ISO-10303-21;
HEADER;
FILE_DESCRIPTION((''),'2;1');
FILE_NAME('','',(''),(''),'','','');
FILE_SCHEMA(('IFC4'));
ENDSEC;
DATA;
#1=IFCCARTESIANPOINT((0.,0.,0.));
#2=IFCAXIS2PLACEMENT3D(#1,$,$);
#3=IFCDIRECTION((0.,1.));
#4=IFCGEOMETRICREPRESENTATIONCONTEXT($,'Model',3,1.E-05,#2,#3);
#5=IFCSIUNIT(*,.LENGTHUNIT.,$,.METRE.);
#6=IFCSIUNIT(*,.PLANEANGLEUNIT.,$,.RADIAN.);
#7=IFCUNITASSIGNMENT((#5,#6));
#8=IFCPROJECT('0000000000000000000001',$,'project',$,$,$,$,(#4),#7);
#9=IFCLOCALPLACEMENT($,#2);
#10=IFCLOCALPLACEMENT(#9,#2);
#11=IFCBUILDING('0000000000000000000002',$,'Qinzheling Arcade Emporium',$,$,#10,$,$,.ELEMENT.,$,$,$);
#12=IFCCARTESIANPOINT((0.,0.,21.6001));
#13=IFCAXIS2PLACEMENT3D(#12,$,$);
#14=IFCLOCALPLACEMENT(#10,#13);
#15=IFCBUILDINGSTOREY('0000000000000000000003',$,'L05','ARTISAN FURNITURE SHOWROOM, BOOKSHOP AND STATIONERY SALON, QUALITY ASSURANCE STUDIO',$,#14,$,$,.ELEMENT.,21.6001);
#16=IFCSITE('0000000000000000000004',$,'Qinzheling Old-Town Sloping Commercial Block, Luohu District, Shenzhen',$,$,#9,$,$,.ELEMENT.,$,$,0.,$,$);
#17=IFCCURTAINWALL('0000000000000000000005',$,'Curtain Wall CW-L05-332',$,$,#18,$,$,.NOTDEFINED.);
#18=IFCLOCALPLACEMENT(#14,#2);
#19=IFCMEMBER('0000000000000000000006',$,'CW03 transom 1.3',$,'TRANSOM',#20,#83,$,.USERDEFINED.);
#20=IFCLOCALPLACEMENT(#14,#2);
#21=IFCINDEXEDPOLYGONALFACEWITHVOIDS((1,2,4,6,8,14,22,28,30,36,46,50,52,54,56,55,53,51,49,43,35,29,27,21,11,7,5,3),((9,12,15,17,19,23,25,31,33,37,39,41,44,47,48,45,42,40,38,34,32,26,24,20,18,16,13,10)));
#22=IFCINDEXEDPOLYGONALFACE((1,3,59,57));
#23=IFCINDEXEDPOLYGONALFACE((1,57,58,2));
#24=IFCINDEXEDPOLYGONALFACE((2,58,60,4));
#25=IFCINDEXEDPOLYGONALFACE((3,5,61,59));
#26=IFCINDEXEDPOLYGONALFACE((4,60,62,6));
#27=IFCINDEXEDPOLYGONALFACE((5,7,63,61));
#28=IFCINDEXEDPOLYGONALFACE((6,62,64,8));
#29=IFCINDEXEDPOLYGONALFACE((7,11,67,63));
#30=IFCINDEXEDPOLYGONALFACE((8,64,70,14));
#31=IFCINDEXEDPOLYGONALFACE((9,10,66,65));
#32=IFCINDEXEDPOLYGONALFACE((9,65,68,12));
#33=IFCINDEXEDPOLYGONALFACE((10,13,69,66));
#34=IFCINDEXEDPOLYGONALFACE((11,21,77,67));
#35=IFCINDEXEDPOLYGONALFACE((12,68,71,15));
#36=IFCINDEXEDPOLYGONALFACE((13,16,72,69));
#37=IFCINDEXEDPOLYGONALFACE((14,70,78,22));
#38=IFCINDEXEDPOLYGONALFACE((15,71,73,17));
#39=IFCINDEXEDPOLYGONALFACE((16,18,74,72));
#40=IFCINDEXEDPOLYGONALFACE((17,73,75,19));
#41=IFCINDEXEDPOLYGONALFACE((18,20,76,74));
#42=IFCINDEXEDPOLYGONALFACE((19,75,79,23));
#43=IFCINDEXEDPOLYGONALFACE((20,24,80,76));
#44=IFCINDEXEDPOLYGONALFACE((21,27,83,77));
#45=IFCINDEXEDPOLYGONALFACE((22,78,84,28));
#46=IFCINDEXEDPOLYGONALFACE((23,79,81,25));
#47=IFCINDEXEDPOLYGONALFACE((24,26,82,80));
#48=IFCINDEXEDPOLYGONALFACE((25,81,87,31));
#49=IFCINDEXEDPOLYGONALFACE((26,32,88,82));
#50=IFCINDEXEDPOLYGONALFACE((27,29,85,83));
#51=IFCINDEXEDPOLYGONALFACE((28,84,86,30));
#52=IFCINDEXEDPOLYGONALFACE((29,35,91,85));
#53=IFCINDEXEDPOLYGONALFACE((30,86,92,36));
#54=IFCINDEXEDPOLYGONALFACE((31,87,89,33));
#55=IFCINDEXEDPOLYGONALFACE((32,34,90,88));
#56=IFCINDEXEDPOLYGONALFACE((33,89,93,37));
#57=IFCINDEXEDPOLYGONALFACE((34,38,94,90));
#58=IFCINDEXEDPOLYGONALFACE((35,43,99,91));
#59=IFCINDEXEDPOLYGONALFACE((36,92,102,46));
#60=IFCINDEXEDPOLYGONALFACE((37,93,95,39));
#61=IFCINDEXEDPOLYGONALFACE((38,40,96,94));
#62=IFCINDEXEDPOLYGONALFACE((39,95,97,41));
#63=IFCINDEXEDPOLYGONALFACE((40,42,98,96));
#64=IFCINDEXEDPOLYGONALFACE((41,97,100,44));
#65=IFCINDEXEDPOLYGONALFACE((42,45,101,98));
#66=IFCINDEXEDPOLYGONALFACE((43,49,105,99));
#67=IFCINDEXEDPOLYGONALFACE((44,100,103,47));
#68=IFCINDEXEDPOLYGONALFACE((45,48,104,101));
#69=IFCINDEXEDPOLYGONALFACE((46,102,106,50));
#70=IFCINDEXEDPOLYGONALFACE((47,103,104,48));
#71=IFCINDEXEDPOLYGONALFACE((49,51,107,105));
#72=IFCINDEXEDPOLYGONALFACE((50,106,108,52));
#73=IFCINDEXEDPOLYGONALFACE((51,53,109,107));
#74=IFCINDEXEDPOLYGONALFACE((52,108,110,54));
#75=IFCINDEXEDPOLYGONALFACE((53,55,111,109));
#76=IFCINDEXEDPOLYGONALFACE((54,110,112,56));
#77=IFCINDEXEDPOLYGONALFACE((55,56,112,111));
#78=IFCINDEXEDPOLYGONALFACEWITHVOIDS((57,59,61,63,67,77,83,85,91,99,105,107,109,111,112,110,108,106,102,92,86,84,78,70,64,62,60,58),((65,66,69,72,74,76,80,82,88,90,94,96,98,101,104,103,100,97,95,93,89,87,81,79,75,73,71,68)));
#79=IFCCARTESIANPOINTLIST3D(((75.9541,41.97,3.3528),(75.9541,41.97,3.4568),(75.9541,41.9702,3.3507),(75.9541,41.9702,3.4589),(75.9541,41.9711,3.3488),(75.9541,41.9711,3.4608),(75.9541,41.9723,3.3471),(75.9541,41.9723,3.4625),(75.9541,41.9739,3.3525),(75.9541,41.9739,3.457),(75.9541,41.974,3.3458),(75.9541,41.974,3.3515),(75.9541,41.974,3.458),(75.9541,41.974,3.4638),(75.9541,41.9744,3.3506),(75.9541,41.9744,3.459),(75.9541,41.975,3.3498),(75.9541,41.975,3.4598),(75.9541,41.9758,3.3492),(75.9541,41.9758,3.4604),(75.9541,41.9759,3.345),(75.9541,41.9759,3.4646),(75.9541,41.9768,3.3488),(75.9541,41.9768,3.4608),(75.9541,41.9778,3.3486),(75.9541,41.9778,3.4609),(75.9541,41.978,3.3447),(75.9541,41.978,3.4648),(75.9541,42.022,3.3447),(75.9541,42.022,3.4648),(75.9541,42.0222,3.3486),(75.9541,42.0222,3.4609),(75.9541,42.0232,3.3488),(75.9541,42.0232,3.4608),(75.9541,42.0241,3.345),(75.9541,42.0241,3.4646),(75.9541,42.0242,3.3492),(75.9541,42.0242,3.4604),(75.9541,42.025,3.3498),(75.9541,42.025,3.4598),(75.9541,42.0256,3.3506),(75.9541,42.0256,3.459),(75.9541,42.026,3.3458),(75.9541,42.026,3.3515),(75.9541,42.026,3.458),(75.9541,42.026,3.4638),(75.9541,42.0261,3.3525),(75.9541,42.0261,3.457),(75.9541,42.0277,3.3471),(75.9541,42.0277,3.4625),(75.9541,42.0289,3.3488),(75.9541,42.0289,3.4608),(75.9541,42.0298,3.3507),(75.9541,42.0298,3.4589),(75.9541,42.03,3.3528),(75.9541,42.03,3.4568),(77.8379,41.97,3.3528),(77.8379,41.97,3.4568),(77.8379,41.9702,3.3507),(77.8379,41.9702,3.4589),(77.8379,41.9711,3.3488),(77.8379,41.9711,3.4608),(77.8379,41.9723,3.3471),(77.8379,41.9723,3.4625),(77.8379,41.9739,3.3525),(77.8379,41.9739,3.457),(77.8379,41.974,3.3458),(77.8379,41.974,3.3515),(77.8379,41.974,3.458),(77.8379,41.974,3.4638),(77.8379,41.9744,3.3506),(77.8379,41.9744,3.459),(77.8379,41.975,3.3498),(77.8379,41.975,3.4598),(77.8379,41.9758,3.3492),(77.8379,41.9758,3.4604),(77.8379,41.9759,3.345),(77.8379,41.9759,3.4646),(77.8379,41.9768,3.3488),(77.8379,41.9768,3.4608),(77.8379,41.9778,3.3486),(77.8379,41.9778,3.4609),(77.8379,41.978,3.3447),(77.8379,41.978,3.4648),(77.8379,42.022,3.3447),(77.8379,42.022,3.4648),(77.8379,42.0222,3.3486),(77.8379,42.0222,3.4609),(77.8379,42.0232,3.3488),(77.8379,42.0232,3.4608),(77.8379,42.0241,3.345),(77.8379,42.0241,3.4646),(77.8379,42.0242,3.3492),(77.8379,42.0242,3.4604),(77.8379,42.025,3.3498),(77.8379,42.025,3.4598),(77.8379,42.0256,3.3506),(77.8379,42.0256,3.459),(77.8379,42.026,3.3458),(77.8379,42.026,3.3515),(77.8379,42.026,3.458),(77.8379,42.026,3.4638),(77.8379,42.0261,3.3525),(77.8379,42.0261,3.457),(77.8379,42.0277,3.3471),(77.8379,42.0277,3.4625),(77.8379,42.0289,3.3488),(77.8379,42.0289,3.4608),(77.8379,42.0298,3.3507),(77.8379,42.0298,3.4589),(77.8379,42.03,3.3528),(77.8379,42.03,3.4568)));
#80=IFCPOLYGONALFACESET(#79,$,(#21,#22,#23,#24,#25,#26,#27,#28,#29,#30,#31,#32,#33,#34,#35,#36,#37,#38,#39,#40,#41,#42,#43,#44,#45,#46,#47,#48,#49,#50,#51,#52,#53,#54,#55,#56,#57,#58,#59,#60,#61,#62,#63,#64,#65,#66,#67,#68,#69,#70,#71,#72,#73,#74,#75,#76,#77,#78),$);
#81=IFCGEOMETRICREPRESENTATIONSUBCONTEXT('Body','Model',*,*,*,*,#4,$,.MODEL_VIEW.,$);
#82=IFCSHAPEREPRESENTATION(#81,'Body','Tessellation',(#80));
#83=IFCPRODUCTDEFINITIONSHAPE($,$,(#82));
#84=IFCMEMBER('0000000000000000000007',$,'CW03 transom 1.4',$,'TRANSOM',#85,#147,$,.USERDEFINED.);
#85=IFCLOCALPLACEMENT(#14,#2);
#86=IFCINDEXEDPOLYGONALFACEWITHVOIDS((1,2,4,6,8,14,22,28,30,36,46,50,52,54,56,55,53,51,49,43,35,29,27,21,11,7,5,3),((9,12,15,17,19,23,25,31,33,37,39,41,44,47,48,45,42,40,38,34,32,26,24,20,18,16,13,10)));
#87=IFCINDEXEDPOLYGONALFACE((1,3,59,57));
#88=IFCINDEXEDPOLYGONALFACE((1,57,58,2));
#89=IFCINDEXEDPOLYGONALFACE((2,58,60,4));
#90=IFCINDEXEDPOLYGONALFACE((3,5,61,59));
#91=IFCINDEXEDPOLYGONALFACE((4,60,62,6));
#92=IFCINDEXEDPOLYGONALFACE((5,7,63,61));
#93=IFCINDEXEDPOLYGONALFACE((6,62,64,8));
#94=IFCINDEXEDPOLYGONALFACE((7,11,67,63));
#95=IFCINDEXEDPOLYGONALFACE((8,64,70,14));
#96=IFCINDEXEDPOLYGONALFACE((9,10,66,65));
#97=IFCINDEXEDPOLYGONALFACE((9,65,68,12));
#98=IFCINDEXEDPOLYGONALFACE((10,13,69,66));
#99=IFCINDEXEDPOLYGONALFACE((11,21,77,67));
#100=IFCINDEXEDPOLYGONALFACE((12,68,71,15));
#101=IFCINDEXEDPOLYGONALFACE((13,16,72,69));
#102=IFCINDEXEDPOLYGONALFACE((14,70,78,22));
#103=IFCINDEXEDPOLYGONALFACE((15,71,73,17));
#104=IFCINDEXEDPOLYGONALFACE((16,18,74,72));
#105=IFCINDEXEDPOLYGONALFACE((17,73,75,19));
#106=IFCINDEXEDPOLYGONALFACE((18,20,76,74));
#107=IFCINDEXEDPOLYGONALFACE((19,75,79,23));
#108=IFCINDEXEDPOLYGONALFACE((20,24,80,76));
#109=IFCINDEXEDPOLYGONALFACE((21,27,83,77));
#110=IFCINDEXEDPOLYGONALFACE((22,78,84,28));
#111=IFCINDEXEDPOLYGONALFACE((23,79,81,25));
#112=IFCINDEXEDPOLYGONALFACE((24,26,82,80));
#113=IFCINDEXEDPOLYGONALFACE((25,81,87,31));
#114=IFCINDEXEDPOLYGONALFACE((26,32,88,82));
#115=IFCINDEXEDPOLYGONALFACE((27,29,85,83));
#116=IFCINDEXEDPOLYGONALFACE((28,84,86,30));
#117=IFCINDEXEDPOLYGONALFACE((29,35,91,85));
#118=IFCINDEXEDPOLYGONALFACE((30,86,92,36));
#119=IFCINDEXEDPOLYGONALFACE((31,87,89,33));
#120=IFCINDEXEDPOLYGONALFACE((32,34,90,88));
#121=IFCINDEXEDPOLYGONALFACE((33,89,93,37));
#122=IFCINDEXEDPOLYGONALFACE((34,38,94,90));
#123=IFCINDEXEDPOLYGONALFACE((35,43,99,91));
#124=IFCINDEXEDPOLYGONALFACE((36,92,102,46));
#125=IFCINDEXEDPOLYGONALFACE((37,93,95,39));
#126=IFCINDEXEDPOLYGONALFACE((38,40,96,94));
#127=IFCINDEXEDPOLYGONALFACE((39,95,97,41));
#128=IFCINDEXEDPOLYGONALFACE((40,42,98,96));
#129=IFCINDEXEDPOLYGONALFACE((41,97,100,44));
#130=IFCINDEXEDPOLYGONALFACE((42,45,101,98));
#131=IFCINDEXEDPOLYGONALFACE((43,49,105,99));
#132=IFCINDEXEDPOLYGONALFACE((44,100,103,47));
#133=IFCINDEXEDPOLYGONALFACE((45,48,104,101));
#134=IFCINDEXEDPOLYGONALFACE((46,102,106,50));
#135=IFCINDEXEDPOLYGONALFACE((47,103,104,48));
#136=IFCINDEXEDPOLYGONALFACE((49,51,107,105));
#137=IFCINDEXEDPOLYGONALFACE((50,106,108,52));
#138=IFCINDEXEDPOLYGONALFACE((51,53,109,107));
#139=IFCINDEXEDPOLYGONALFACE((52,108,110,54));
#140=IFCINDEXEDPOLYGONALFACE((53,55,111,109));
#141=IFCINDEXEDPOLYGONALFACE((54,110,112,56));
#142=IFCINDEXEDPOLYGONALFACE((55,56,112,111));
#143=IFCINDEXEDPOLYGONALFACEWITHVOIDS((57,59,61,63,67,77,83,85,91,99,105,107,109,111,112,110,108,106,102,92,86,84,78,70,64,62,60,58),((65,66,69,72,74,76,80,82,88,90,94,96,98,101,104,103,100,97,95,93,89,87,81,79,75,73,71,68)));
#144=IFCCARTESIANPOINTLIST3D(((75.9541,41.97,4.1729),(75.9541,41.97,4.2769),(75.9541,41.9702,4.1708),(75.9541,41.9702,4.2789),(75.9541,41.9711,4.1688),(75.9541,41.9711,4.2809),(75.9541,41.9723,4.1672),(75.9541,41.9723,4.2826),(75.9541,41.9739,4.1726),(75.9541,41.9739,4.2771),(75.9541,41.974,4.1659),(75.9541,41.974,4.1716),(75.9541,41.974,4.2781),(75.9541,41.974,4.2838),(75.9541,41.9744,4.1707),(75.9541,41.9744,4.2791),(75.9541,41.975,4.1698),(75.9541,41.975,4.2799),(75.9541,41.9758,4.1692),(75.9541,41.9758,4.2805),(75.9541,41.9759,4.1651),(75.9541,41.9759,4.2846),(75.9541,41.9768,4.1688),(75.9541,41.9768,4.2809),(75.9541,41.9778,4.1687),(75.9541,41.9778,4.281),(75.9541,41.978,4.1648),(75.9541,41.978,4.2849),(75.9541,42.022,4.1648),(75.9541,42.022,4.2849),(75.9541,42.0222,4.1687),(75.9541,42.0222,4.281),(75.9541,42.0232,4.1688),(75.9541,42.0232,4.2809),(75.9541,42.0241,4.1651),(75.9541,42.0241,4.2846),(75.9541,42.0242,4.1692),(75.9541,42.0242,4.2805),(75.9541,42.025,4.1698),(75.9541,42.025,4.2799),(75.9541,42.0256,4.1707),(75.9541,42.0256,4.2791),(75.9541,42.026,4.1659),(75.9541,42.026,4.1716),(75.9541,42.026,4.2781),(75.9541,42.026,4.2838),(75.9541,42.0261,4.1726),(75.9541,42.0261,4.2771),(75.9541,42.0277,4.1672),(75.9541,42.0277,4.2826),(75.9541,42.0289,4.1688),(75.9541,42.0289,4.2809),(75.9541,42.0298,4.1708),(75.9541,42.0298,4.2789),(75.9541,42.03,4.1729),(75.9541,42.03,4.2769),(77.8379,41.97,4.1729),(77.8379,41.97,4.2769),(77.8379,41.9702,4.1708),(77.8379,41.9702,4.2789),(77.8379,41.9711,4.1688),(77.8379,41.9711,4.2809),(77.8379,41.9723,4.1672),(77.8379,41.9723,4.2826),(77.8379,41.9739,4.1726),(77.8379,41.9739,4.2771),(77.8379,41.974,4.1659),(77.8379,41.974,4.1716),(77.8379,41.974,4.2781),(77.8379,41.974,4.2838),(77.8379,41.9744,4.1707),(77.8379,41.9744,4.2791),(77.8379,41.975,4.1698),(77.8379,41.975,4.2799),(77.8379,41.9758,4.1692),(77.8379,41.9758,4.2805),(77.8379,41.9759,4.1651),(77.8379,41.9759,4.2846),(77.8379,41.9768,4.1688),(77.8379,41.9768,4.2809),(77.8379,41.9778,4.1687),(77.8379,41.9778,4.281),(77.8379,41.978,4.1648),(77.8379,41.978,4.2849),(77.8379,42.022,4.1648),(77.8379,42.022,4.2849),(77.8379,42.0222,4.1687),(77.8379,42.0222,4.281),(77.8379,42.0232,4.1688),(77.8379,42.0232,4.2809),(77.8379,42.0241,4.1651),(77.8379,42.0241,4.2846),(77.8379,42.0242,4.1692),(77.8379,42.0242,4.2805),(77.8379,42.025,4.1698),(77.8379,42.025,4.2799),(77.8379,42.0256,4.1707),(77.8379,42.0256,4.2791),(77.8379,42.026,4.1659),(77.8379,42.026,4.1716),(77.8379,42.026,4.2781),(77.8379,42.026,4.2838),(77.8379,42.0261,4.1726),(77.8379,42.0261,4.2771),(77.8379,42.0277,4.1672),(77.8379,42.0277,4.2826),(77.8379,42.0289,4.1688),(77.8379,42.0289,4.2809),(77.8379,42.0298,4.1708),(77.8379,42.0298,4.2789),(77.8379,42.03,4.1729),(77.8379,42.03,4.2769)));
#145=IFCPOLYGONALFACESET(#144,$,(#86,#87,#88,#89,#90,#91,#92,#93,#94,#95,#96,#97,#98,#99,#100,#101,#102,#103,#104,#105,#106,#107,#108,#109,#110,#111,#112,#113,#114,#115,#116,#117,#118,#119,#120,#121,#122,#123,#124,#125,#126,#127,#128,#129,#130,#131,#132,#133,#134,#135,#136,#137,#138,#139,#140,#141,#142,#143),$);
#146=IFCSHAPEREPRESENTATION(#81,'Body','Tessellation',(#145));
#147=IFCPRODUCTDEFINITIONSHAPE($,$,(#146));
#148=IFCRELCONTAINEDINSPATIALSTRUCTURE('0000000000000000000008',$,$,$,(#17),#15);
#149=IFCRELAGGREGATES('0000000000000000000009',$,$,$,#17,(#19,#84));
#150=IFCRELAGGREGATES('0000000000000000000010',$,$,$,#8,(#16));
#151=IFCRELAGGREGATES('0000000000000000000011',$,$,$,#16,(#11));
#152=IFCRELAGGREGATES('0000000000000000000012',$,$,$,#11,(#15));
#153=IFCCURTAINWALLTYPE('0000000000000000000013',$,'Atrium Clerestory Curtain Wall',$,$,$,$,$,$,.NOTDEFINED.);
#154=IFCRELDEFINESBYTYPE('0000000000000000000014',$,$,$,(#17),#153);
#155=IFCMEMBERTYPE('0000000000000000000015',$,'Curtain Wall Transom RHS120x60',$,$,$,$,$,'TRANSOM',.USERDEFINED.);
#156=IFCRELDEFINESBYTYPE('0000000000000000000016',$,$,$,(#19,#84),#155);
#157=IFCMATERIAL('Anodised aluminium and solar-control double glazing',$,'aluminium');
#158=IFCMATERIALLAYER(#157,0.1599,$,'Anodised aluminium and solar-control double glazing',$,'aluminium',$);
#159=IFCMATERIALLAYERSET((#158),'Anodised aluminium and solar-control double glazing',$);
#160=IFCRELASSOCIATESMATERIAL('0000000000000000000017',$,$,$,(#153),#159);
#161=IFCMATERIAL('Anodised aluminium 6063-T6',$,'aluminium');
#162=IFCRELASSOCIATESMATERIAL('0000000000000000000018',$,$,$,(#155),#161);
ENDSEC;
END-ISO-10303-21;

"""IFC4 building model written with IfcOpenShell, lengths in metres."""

from ifc_helpers import new_model, si_unit, direction, frame, origin, origin_2d, place, context, subcontext, project, spatial, hollow_rectangle, extrude, material, layer, layer_set, material_profile, profile_set, type_object, element, aggregate, save


model = new_model("IFC4")

# Units and contexts
model_context = context("Model", 3, precision=1e-05, world=origin(), true_north=direction((0.0, 1.0)))
body_context = subcontext(model_context, "Body", "Model", "MODEL_VIEW")
ifc_project = project(units=[si_unit("LENGTHUNIT", "METRE"), si_unit("PLANEANGLEUNIT", "RADIAN")], contexts=[model_context])

# Site, building, storey
site_placement = place(None, origin())
site = spatial("IfcSite", under=ifc_project, at=site_placement, Name="Qinzheling Old-Town Sloping Commercial Block, Luohu District, Shenzhen", CompositionType="ELEMENT", RefElevation=0.0)
building_placement = place(site_placement, origin())
building = spatial("IfcBuilding", under=site, at=building_placement, Name="Qinzheling Arcade Emporium", CompositionType="ELEMENT")
storey_placement = place(building_placement, frame((0.0, 0.0, 21.6001)))
storey = spatial("IfcBuildingStorey", under=building, at=storey_placement, Name="L05", Description="ARTISAN FURNITURE SHOWROOM, BOOKSHOP AND STATIONERY SALON, QUALITY ASSURANCE STUDIO", CompositionType="ELEMENT", Elevation=21.6001)

# Curtain wall
ifc_material_1 = material(Name="Anodised aluminium and solar-control double glazing", Category="aluminium")
ifc_layer_1 = layer(ifc_material_1, 0.1599, Name="Anodised aluminium and solar-control double glazing", Category="aluminium")
ifc_layer_set_1 = layer_set([ifc_layer_1], Name="Anodised aluminium and solar-control double glazing")
curtain_wall_type = type_object("IfcCurtainWallType", Name="Atrium Clerestory Curtain Wall", PredefinedType="NOTDEFINED", material=ifc_layer_set_1)
ifc_material_2 = material(Name="Anodised aluminium 6063-T6", Category="aluminium")
curtain_wall_1_placement = place(storey_placement, origin())
curtain_wall_1 = element("IfcCurtainWall", 1, at=curtain_wall_1_placement, inside=storey, type_object=curtain_wall_type, Name="Curtain Wall CW-L05-332", PredefinedType="NOTDEFINED")

# Members
ifc_material_profile_1 = material_profile(ifc_material_2, hollow_rectangle(XDim=0.0601, YDim=0.1201, WallThickness=0.0039, InnerFilletRadius=0.0039, OuterFilletRadius=0.0081, at=origin_2d()), Name="RHS 120x60x4", Category="aluminium")
ifc_profile_set_1 = profile_set([ifc_material_profile_1], Name="Anodised aluminium 6063-T6")
member_type_1 = type_object("IfcMemberType", Name="Curtain Wall Transom RHS120x60", ElementType="TRANSOM", PredefinedType="USERDEFINED", material=ifc_profile_set_1)
member_1_placement = place(storey_placement, frame((77.8379, 42.0, 3.4048), z_axis=(-1.0, 0.0, 0.0), x_axis=(0.0, -1.0, 0.0)))
member_1 = element("IfcMember", 2, at=member_1_placement, type_object=member_type_1, Name="CW03 transom 1.3", ObjectType="TRANSOM", PredefinedType="USERDEFINED", context=body_context, shape_type="SweptSolid", body=[
    extrude(hollow_rectangle(XDim=0.0601, YDim=0.1201, WallThickness=0.0039, InnerFilletRadius=0.0039, OuterFilletRadius=0.0081, at=origin_2d()), origin(), (0.0, 0.0, 1.0), 1.8838),
])
member_2_placement = place(storey_placement, frame((77.8379, 42.0, 4.2249), z_axis=(-1.0, 0.0, 0.0), x_axis=(0.0, -1.0, 0.0)))
member_2 = element("IfcMember", 3, at=member_2_placement, type_object=member_type_1, Name="CW03 transom 1.4", ObjectType="TRANSOM", PredefinedType="USERDEFINED", context=body_context, shape_type="SweptSolid", body=[
    extrude(hollow_rectangle(XDim=0.0601, YDim=0.1201, WallThickness=0.0039, InnerFilletRadius=0.0039, OuterFilletRadius=0.0081, at=origin_2d()), origin(), (0.0, 0.0, 1.0), 1.8838),
])

aggregate(curtain_wall_1, [member_1, member_2])

save(model, "model.ifc")
